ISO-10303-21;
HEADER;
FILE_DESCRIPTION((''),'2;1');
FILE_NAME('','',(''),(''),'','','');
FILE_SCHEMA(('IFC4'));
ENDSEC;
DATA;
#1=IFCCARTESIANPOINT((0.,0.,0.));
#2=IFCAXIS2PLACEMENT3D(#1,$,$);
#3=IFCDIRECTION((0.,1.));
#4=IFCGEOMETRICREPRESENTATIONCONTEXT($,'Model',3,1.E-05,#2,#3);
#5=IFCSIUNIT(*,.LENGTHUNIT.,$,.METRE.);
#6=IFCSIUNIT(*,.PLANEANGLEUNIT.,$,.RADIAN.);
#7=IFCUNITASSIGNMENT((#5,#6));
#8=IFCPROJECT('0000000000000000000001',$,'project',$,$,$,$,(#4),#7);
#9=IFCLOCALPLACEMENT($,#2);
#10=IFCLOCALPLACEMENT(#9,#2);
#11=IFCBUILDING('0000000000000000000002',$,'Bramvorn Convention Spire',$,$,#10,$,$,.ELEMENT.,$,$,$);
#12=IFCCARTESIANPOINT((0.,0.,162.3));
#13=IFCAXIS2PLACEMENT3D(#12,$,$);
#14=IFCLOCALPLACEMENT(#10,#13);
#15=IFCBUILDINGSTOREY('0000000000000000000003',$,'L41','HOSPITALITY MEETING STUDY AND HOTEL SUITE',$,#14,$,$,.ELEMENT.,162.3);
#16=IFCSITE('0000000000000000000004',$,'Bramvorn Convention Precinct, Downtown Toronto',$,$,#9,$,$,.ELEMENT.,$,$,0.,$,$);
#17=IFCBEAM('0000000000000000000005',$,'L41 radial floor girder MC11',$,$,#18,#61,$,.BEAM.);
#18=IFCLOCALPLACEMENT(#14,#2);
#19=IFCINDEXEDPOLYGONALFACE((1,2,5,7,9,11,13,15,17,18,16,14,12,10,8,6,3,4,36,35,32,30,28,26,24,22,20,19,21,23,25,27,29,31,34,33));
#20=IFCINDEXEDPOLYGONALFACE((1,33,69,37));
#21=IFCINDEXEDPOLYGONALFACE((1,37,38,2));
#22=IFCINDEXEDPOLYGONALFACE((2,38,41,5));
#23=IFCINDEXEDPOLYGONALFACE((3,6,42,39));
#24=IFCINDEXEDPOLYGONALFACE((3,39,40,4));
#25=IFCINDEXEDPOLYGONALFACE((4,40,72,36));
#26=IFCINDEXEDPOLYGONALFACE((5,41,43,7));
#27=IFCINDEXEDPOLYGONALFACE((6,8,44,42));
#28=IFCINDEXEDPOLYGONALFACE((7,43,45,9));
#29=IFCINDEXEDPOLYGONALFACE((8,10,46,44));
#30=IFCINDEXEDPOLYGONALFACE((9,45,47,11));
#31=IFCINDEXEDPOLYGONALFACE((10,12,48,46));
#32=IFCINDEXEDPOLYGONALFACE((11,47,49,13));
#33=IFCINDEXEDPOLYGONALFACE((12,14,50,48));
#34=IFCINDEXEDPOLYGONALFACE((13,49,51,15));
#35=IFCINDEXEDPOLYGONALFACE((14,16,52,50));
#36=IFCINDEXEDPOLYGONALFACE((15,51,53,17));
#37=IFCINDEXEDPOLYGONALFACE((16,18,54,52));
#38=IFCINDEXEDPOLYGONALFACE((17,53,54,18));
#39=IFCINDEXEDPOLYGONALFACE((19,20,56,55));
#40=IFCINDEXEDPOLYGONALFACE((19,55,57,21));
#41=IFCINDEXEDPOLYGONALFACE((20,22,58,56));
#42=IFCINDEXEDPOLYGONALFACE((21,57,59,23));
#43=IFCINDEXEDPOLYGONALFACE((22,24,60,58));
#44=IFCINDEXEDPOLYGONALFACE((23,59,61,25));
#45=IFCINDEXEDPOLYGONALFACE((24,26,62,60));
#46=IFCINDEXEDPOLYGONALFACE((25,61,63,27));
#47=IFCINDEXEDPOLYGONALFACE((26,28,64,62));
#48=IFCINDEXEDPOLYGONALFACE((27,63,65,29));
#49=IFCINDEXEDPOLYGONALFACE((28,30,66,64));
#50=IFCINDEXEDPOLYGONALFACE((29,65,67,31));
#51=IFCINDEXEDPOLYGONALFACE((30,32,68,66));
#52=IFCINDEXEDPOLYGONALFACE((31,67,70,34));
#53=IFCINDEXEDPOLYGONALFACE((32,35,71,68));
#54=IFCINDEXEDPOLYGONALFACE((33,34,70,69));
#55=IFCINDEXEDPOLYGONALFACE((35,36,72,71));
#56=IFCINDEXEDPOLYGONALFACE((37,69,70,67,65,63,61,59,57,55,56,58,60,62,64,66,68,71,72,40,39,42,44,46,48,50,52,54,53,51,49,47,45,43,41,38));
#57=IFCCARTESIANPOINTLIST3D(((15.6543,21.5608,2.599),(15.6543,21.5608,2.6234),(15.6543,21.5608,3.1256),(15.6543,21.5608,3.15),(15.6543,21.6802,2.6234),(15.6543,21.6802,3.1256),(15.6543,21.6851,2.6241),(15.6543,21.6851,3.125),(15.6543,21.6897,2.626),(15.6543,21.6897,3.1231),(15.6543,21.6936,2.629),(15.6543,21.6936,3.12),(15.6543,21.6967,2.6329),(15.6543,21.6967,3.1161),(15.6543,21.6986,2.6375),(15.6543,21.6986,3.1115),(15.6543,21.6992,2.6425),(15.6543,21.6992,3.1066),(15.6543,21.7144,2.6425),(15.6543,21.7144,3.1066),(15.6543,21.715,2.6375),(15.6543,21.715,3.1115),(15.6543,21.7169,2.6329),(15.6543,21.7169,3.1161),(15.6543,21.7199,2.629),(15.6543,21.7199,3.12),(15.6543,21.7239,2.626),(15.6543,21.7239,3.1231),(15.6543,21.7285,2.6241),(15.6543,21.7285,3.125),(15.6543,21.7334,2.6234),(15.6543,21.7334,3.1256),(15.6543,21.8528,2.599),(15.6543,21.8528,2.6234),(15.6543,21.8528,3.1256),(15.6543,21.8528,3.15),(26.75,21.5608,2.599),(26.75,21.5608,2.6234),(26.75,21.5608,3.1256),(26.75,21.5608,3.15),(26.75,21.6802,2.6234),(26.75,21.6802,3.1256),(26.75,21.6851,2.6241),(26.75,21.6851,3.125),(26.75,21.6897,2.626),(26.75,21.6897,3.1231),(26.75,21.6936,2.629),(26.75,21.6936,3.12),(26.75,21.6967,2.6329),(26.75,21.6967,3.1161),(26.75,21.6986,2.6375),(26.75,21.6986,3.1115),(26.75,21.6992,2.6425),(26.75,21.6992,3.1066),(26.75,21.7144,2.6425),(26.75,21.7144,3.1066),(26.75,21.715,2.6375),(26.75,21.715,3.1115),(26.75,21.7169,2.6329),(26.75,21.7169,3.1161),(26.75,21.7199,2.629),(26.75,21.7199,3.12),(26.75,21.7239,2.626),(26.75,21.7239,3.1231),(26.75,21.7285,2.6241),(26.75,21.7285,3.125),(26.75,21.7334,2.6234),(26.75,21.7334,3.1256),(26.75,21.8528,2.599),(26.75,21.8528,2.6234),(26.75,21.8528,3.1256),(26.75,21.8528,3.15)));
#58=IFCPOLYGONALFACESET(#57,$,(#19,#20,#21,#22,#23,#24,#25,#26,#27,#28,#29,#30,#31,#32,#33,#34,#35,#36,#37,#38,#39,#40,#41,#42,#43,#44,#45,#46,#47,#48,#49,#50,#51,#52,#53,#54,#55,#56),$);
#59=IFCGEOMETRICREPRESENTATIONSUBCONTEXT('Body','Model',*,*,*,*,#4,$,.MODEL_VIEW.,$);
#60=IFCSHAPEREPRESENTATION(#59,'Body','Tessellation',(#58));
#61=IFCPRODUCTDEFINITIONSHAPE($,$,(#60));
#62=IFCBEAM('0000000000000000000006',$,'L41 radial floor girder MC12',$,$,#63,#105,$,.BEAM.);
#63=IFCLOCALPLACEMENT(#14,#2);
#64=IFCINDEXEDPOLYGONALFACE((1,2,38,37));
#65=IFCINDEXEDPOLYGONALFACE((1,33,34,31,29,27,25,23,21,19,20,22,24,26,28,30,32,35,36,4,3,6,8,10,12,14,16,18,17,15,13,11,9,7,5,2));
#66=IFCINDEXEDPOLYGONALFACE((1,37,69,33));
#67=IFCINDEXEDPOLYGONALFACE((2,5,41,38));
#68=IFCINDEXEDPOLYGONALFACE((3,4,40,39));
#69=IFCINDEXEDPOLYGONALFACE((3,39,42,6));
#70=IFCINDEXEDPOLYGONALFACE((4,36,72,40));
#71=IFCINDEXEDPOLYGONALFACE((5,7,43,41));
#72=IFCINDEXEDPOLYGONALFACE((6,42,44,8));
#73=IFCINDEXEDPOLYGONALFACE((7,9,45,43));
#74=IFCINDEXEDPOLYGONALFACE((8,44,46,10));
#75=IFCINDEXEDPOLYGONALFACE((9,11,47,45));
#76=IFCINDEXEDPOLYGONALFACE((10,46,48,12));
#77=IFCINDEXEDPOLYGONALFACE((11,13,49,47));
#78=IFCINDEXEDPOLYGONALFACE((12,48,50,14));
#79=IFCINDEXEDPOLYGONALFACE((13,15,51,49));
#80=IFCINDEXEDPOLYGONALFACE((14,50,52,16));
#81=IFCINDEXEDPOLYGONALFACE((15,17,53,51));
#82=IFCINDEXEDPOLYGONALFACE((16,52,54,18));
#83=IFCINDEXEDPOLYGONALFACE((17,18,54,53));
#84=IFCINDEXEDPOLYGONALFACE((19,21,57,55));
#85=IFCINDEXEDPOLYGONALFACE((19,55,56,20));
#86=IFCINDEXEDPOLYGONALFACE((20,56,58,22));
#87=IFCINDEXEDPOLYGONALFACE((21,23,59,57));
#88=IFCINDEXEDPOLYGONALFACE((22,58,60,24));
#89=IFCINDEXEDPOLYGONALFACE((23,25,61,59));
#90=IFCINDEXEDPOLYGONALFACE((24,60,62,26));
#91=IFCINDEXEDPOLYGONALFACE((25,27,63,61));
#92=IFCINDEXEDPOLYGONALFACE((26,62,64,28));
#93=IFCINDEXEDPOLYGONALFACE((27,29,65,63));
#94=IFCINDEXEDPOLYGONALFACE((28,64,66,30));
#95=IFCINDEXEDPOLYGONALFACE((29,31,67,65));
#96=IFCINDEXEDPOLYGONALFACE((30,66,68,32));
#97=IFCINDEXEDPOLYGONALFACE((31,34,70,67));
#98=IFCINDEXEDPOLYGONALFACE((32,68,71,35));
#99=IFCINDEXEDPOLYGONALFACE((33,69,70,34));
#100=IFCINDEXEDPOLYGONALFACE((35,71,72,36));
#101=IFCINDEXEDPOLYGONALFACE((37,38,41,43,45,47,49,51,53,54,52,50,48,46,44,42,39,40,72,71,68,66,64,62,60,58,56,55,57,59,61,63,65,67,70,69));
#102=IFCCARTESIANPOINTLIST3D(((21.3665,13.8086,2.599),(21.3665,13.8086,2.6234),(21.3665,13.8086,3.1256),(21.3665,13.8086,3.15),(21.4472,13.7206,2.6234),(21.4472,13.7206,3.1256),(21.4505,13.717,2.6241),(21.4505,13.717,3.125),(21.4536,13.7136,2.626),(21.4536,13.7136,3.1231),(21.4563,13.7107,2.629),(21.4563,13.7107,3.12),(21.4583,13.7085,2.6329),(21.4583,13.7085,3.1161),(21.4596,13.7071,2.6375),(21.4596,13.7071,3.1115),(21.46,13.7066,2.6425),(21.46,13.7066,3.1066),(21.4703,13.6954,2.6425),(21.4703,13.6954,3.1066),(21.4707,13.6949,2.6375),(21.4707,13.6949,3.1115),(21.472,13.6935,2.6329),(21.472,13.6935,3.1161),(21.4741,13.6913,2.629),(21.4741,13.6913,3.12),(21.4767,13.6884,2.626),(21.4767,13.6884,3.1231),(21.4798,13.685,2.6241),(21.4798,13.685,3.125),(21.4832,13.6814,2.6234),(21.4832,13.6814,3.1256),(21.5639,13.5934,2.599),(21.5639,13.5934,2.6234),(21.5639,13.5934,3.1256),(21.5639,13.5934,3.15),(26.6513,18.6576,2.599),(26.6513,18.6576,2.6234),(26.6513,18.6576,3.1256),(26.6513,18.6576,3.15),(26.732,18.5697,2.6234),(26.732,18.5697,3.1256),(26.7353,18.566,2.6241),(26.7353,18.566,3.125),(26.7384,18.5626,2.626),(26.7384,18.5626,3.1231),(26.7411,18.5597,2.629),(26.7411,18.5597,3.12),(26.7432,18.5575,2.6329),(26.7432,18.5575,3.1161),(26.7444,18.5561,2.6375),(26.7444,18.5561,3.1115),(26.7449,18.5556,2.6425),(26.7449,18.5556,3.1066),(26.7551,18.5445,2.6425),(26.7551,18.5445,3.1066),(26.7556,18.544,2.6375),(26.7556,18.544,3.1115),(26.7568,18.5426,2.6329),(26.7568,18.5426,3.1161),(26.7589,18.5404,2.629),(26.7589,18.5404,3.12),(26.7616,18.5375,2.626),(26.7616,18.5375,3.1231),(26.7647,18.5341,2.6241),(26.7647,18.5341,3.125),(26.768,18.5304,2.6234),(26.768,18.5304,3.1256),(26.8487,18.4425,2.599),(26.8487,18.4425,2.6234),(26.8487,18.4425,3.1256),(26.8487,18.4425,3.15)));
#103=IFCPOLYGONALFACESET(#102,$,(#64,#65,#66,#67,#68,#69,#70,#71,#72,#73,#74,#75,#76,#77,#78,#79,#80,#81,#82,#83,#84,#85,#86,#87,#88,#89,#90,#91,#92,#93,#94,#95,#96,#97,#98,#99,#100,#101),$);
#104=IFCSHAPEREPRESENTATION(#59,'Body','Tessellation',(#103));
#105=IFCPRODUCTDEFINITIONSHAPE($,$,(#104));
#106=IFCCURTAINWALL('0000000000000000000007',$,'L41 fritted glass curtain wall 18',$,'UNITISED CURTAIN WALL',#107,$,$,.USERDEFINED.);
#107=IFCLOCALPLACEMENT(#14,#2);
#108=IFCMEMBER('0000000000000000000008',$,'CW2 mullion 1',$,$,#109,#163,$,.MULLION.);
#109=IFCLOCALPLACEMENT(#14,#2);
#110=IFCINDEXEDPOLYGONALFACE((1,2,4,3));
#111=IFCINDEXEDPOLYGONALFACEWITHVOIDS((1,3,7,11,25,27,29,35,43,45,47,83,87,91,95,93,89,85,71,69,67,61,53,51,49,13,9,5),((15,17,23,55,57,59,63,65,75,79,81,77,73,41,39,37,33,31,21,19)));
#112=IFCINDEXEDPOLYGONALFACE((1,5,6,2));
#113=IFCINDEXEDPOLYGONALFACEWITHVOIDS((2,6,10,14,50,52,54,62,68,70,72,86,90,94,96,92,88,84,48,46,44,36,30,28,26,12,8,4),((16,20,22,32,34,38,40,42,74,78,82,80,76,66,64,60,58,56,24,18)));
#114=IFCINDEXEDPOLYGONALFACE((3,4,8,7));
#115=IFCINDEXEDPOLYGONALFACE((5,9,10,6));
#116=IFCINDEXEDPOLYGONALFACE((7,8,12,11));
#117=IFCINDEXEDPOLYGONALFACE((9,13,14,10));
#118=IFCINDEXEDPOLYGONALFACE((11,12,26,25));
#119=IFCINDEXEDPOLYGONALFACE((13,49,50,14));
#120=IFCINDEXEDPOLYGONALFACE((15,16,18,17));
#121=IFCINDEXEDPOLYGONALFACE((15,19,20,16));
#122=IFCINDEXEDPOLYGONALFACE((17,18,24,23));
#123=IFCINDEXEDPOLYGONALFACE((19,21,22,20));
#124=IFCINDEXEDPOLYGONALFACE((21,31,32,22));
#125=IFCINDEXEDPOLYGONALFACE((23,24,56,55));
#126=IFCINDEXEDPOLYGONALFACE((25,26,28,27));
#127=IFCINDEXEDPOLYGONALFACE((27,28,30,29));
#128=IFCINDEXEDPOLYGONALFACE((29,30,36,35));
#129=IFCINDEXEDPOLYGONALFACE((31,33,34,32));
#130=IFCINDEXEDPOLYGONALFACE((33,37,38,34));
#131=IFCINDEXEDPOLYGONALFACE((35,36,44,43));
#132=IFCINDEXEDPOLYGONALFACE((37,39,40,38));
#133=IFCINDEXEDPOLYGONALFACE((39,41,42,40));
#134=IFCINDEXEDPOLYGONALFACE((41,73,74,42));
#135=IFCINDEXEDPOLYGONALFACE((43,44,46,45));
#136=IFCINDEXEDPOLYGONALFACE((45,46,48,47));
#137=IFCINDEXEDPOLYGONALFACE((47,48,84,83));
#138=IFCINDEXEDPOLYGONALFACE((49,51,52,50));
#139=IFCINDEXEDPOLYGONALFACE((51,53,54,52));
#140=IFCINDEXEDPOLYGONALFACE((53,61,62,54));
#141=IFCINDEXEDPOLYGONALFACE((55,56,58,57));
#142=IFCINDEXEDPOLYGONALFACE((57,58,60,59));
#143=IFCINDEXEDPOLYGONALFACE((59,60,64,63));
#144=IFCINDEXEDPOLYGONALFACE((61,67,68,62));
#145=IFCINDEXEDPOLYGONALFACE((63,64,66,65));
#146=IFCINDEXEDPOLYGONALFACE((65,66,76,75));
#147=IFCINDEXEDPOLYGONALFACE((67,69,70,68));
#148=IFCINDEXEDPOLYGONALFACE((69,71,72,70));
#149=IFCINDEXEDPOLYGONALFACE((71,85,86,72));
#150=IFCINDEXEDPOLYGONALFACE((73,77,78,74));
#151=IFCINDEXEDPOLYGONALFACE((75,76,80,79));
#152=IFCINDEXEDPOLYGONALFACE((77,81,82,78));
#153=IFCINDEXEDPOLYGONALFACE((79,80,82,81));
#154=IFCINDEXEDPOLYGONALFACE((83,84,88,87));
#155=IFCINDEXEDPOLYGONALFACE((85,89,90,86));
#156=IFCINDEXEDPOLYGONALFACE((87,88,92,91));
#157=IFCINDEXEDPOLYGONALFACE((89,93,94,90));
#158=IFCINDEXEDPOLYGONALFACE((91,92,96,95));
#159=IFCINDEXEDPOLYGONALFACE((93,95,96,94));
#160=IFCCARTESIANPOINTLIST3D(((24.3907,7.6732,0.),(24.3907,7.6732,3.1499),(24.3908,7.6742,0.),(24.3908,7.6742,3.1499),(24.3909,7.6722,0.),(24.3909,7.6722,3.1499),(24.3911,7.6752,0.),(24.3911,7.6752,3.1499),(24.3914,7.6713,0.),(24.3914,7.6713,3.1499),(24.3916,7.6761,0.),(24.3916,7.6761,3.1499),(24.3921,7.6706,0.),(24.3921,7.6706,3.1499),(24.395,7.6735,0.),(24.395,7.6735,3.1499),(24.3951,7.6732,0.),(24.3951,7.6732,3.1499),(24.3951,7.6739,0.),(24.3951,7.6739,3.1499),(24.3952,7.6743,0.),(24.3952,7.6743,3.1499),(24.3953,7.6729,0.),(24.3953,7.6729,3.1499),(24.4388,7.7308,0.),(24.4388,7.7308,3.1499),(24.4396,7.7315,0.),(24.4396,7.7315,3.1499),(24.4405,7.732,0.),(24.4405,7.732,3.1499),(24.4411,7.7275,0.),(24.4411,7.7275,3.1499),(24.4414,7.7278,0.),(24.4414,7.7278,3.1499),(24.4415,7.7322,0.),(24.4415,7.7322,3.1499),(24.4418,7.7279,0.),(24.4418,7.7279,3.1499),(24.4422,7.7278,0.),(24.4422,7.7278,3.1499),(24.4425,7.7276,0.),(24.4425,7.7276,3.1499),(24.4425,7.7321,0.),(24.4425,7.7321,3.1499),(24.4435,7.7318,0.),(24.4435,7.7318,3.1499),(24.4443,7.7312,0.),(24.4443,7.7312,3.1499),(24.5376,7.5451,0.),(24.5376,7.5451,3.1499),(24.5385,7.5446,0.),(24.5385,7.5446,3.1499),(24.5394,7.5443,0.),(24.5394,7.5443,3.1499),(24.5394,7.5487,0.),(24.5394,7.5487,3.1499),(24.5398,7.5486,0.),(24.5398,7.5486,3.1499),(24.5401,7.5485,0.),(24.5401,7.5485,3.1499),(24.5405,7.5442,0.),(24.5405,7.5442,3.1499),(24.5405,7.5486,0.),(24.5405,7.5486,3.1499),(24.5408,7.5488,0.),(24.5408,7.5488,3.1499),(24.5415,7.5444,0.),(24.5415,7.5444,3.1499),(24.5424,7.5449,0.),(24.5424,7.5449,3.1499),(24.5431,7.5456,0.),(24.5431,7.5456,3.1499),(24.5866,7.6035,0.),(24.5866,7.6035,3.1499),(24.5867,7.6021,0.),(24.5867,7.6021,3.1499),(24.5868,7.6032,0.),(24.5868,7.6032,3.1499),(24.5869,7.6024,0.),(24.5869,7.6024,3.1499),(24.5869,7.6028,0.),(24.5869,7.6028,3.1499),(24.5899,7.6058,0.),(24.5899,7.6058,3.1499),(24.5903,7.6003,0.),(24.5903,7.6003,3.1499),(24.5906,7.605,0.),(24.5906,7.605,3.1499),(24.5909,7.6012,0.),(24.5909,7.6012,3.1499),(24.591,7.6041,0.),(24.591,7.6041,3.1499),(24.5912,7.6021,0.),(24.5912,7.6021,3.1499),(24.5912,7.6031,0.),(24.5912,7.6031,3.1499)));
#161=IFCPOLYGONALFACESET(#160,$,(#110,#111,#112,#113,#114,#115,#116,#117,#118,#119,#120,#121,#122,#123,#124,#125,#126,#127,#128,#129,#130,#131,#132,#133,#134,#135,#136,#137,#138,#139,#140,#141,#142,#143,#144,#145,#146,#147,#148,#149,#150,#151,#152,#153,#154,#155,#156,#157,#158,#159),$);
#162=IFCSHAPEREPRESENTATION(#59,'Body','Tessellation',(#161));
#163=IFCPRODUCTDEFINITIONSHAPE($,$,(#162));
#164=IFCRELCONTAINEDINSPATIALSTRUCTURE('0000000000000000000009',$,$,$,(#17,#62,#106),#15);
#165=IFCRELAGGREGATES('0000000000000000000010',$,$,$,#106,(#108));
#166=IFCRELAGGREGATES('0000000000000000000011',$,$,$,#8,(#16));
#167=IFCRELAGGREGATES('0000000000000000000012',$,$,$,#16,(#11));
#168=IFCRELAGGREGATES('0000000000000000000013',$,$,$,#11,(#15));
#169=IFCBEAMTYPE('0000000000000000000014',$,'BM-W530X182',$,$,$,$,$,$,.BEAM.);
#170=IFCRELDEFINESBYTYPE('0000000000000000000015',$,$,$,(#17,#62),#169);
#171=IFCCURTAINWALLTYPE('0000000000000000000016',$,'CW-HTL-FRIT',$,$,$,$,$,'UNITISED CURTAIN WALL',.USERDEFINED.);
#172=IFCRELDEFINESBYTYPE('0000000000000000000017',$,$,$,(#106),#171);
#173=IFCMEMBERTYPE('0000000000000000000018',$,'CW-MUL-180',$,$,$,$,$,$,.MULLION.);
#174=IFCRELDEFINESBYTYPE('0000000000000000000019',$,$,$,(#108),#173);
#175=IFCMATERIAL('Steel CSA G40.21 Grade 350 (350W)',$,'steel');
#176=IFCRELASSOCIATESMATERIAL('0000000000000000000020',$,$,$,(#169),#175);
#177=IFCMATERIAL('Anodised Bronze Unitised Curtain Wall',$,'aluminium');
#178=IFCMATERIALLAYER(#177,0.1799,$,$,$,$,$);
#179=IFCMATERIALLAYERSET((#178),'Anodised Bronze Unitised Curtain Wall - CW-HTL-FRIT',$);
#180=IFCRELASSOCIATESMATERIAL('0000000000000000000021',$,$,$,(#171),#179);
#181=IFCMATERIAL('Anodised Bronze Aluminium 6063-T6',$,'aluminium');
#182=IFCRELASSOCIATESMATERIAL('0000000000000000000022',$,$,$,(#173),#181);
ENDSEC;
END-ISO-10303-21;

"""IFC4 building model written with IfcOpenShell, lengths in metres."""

from ifc_helpers import new_model, si_unit, direction, frame, origin, origin_2d, place, context, subcontext, project, spatial, hollow_rectangle, i_section, extrude, material, layer, layer_set, material_profile, profile_set, type_object, element, aggregate, save


model = new_model("IFC4")

# Units and contexts
model_context = context("Model", 3, precision=1e-05, world=origin(), true_north=direction((0.0, 1.0)))
body_context = subcontext(model_context, "Body", "Model", "MODEL_VIEW")
ifc_project = project(units=[si_unit("LENGTHUNIT", "METRE"), si_unit("PLANEANGLEUNIT", "RADIAN")], contexts=[model_context])

# Site, building, storey
site_placement = place(None, origin())
site = spatial("IfcSite", under=ifc_project, at=site_placement, Name="Bramvorn Convention Precinct, Downtown Toronto", CompositionType="ELEMENT", RefElevation=0.0)
building_placement = place(site_placement, origin())
building = spatial("IfcBuilding", under=site, at=building_placement, Name="Bramvorn Convention Spire", CompositionType="ELEMENT")
storey_placement = place(building_placement, frame((0.0, 0.0, 162.3)))
storey = spatial("IfcBuildingStorey", under=building, at=storey_placement, Name="L41", Description="HOSPITALITY MEETING STUDY AND HOTEL SUITE", CompositionType="ELEMENT", Elevation=162.3)

# Beams
ifc_material_1 = material(Name="Steel CSA G40.21 Grade 350 (350W)", Category="steel")
ifc_material_profile_1 = material_profile(ifc_material_1, i_section(OverallWidth=0.292, OverallDepth=0.551, WebThickness=0.0151, FlangeThickness=0.0244, FilletRadius=0.019, at=origin_2d()))
ifc_profile_set_1 = profile_set([ifc_material_profile_1], Name="Steel CSA G40.21 Grade 350 (350W) - W530X182")
beam_type_1 = type_object("IfcBeamType", Name="BM-W530X182", PredefinedType="BEAM", material=ifc_profile_set_1)
beam_1_placement = place(storey_placement, frame((26.75, 21.7068, 2.8745), z_axis=(-1.0, 0.0, 0.0), x_axis=(0.0, -1.0, 0.0)))
element("IfcBeam", 1, at=beam_1_placement, inside=storey, type_object=beam_type_1, Name="L41 radial floor girder MC11", PredefinedType="BEAM", context=body_context, shape_type="SweptSolid", body=[
    extrude(i_section(OverallWidth=0.292, OverallDepth=0.551, WebThickness=0.0151, FlangeThickness=0.0244, FilletRadius=0.019, at=origin_2d()), origin(), (0.0, 0.0, 1.0), 11.0957),
])
beam_2_placement = place(storey_placement, frame((26.75, 18.55, 2.8745), z_axis=(-0.736833, -0.676074, 0.0), x_axis=(0.676074, -0.736833, 0.0)))
element("IfcBeam", 2, at=beam_2_placement, inside=storey, type_object=beam_type_1, Name="L41 radial floor girder MC12", PredefinedType="BEAM", context=body_context, shape_type="SweptSolid", body=[
    extrude(i_section(OverallWidth=0.292, OverallDepth=0.551, WebThickness=0.0151, FlangeThickness=0.0244, FilletRadius=0.019, at=origin_2d()), origin(), (0.0, 0.0, 1.0), 7.1724),
])

# Curtain wall, member
ifc_material_2 = material(Name="Anodised Bronze Unitised Curtain Wall", Category="aluminium")
ifc_layer_1 = layer(ifc_material_2, 0.1799)
ifc_layer_set_1 = layer_set([ifc_layer_1], Name="Anodised Bronze Unitised Curtain Wall - CW-HTL-FRIT")
curtain_wall_type = type_object("IfcCurtainWallType", Name="CW-HTL-FRIT", ElementType="UNITISED CURTAIN WALL", PredefinedType="USERDEFINED", material=ifc_layer_set_1)
curtain_wall_1_placement = place(storey_placement, origin())
curtain_wall_1 = element("IfcCurtainWall", 3, at=curtain_wall_1_placement, inside=storey, type_object=curtain_wall_type, Name="L41 fritted glass curtain wall 18", ObjectType="UNITISED CURTAIN WALL", PredefinedType="USERDEFINED")
ifc_material_3 = material(Name="Anodised Bronze Aluminium 6063-T6", Category="aluminium")
ifc_material_profile_2 = material_profile(ifc_material_3, hollow_rectangle(XDim=0.0801, YDim=0.2, WallThickness=0.0039, InnerFilletRadius=0.001, OuterFilletRadius=0.0039, at=origin_2d()))
ifc_profile_set_2 = profile_set([ifc_material_profile_2], Name="Anodised Bronze Aluminium 6063-T6 - CWM80X200")
member_type_1 = type_object("IfcMemberType", Name="CW-MUL-180", PredefinedType="MULLION", material=ifc_profile_set_2)
member_1_placement = place(storey_placement, frame((24.491, 7.6382, 0.0), z_axis=(0.0, 0.0, 1.0), x_axis=(-0.652735, -0.757586, 0.0)))
member_1 = element("IfcMember", 4, at=member_1_placement, type_object=member_type_1, Name="CW2 mullion 1", PredefinedType="MULLION", context=body_context, shape_type="SweptSolid", body=[
    extrude(hollow_rectangle(XDim=0.0801, YDim=0.2, WallThickness=0.0039, InnerFilletRadius=0.001, OuterFilletRadius=0.0039, at=origin_2d()), origin(), (0.0, 0.0, 1.0), 3.1499),
])

aggregate(curtain_wall_1, [member_1])

save(model, "model.ifc")
